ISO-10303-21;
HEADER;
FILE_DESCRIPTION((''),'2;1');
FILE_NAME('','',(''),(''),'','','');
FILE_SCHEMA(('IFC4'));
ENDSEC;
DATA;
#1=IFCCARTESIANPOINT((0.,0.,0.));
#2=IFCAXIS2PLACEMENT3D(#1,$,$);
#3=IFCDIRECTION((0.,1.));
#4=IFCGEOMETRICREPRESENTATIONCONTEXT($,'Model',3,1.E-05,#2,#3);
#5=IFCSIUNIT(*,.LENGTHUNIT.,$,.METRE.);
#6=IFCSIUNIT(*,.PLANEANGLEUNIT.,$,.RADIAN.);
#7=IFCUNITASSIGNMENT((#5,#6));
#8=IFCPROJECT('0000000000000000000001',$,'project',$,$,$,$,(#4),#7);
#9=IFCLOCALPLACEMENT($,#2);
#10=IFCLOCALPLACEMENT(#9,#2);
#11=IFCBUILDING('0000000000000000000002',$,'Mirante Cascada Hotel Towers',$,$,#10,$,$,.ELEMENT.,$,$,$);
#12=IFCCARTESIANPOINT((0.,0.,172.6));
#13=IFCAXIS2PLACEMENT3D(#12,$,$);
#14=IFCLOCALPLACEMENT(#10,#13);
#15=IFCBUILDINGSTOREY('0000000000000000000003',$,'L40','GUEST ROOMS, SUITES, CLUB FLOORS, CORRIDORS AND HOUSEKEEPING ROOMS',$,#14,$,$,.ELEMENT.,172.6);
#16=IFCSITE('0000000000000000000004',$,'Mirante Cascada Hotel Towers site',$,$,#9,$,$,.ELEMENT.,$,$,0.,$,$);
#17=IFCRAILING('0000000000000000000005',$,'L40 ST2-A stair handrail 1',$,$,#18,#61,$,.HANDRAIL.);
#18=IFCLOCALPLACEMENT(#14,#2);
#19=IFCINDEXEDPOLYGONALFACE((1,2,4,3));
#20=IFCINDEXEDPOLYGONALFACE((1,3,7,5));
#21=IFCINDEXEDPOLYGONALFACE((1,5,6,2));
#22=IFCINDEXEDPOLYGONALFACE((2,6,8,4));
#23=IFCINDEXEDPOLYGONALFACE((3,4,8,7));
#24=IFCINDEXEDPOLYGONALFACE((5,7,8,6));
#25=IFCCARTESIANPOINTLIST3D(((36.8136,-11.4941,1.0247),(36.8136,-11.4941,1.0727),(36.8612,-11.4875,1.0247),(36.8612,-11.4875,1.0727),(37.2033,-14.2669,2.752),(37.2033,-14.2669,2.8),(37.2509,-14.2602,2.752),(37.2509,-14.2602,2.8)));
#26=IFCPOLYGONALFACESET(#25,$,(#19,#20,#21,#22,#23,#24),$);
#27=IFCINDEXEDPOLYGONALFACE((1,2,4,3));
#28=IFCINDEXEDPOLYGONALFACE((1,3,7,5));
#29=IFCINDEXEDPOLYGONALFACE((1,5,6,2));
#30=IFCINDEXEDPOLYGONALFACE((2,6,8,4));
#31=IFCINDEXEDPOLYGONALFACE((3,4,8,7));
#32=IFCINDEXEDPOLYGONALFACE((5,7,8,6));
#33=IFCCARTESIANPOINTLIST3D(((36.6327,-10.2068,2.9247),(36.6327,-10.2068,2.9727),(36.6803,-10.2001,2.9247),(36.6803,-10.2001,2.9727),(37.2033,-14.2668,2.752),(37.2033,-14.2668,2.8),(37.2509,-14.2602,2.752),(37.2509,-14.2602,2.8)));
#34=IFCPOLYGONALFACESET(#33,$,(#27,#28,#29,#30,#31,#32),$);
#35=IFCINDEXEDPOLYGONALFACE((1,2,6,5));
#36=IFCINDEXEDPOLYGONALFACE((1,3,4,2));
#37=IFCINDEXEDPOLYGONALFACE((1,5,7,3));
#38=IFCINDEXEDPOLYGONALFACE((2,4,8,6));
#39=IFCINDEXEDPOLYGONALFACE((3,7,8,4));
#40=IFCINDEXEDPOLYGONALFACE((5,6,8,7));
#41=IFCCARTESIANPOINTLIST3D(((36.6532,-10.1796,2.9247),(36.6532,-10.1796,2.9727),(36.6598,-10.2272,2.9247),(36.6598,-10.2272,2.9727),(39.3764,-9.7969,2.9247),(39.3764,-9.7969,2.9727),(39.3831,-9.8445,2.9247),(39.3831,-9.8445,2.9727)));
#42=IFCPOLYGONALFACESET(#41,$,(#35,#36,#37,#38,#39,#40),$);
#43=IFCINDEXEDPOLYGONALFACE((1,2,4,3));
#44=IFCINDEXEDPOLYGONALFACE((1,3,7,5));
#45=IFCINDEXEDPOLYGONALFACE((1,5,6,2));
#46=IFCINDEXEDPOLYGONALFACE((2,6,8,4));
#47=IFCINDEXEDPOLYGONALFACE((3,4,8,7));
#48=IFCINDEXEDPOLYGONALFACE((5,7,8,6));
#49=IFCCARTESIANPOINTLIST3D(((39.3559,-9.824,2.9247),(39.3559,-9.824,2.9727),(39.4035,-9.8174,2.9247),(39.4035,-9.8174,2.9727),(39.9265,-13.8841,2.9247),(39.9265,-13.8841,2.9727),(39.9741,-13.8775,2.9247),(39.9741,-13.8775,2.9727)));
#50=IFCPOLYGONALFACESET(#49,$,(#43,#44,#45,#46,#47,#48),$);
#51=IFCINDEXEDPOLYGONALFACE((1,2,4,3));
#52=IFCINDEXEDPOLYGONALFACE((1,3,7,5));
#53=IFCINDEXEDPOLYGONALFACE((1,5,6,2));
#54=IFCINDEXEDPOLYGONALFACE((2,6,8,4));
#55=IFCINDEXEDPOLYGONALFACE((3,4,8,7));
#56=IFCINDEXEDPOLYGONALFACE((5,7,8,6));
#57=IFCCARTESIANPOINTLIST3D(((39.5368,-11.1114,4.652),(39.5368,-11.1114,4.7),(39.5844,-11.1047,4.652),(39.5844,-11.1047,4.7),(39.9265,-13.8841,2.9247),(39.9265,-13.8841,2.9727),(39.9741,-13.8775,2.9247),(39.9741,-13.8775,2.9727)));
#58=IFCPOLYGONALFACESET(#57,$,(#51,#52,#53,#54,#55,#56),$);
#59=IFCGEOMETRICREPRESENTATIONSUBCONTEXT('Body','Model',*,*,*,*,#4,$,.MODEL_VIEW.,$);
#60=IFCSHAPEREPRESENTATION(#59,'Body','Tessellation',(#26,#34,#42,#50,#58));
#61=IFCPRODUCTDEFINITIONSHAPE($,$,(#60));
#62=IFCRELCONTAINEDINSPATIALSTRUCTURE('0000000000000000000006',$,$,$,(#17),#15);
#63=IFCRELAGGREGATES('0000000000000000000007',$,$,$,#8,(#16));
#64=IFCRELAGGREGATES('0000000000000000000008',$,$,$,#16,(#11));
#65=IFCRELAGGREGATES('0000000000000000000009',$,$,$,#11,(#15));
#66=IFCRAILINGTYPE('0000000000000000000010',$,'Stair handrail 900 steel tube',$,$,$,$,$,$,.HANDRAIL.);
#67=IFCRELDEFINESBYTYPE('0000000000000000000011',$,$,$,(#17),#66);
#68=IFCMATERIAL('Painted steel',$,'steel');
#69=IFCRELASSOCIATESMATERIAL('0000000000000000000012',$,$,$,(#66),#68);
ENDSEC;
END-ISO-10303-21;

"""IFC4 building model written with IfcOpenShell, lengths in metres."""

from ifc_helpers import new_model, si_unit, direction, frame, origin, origin_2d, place, context, subcontext, project, spatial, rectangle, extrude, material, type_object, element, save


model = new_model("IFC4")

# Units and contexts
model_context = context("Model", 3, precision=1e-05, world=origin(), true_north=direction((0.0, 1.0)))
body_context = subcontext(model_context, "Body", "Model", "MODEL_VIEW")
ifc_project = project(units=[si_unit("LENGTHUNIT", "METRE"), si_unit("PLANEANGLEUNIT", "RADIAN")], contexts=[model_context])

# Site, building, storey
site_placement = place(None, origin())
site = spatial("IfcSite", under=ifc_project, at=site_placement, Name="Mirante Cascada Hotel Towers site", CompositionType="ELEMENT", RefElevation=0.0)
building_placement = place(site_placement, origin())
building = spatial("IfcBuilding", under=site, at=building_placement, Name="Mirante Cascada Hotel Towers", CompositionType="ELEMENT")
storey_placement = place(building_placement, frame((0.0, 0.0, 172.6)))
storey = spatial("IfcBuildingStorey", under=building, at=storey_placement, Name="L40", Description="GUEST ROOMS, SUITES, CLUB FLOORS, CORRIDORS AND HOUSEKEEPING ROOMS", CompositionType="ELEMENT", Elevation=172.6)

# Railing
ifc_material_1 = material(Name="Painted steel", Category="steel")
railing_type_1 = type_object("IfcRailingType", Name="Stair handrail 900 steel tube", PredefinedType="HANDRAIL", material=ifc_material_1)
railing_1_placement = place(storey_placement, frame((36.8374, -11.4908, 0.1727)))
element("IfcRailing", 1, at=railing_1_placement, inside=storey, type_object=railing_type_1, Name="L40 ST2-A stair handrail 1", PredefinedType="HANDRAIL", context=body_context, shape_type="SweptSolid", body=[
    extrude(rectangle(XDim=0.048, YDim=0.048, at=origin_2d()), frame((0.0, 0.0, 0.876), z_axis=(0.139181, -0.990267, 0.0), x_axis=(0.990267, 0.139181, 0.0)), (0.0, 0.525035, 0.851081), 3.2899),
    extrude(rectangle(XDim=0.048, YDim=0.048, at=origin_2d()), frame((0.3897, -2.7727, 2.6033), z_axis=(-0.139171, 0.990268, 0.0), x_axis=(-0.990268, -0.139171, 0.0)), (0.0, 0.042085, 0.999114), 4.1036),
    extrude(rectangle(XDim=0.048, YDim=0.048, at=origin_2d()), frame((-0.1809, 1.2874, 2.776), z_axis=(0.990269, 0.139166, 0.0), x_axis=(-0.139166, 0.990269, 0.0)), (0.0, 0.0, 1.0), 2.75),
    extrude(rectangle(XDim=0.048, YDim=0.048, at=origin_2d()), frame((2.5423, 1.6701, 2.776), z_axis=(0.139171, -0.990268, 0.0), x_axis=(0.990268, 0.139171, 0.0)), (0.0, 0.0, 1.0), 4.1),
    extrude(rectangle(XDim=0.048, YDim=0.048, at=origin_2d()), frame((3.1129, -2.39, 2.776), z_axis=(-0.139181, 0.990267, 0.0), x_axis=(-0.990267, -0.139181, 0.0)), (0.0, 0.525035, 0.851081), 3.2899),
])

save(model, "model.ifc")
